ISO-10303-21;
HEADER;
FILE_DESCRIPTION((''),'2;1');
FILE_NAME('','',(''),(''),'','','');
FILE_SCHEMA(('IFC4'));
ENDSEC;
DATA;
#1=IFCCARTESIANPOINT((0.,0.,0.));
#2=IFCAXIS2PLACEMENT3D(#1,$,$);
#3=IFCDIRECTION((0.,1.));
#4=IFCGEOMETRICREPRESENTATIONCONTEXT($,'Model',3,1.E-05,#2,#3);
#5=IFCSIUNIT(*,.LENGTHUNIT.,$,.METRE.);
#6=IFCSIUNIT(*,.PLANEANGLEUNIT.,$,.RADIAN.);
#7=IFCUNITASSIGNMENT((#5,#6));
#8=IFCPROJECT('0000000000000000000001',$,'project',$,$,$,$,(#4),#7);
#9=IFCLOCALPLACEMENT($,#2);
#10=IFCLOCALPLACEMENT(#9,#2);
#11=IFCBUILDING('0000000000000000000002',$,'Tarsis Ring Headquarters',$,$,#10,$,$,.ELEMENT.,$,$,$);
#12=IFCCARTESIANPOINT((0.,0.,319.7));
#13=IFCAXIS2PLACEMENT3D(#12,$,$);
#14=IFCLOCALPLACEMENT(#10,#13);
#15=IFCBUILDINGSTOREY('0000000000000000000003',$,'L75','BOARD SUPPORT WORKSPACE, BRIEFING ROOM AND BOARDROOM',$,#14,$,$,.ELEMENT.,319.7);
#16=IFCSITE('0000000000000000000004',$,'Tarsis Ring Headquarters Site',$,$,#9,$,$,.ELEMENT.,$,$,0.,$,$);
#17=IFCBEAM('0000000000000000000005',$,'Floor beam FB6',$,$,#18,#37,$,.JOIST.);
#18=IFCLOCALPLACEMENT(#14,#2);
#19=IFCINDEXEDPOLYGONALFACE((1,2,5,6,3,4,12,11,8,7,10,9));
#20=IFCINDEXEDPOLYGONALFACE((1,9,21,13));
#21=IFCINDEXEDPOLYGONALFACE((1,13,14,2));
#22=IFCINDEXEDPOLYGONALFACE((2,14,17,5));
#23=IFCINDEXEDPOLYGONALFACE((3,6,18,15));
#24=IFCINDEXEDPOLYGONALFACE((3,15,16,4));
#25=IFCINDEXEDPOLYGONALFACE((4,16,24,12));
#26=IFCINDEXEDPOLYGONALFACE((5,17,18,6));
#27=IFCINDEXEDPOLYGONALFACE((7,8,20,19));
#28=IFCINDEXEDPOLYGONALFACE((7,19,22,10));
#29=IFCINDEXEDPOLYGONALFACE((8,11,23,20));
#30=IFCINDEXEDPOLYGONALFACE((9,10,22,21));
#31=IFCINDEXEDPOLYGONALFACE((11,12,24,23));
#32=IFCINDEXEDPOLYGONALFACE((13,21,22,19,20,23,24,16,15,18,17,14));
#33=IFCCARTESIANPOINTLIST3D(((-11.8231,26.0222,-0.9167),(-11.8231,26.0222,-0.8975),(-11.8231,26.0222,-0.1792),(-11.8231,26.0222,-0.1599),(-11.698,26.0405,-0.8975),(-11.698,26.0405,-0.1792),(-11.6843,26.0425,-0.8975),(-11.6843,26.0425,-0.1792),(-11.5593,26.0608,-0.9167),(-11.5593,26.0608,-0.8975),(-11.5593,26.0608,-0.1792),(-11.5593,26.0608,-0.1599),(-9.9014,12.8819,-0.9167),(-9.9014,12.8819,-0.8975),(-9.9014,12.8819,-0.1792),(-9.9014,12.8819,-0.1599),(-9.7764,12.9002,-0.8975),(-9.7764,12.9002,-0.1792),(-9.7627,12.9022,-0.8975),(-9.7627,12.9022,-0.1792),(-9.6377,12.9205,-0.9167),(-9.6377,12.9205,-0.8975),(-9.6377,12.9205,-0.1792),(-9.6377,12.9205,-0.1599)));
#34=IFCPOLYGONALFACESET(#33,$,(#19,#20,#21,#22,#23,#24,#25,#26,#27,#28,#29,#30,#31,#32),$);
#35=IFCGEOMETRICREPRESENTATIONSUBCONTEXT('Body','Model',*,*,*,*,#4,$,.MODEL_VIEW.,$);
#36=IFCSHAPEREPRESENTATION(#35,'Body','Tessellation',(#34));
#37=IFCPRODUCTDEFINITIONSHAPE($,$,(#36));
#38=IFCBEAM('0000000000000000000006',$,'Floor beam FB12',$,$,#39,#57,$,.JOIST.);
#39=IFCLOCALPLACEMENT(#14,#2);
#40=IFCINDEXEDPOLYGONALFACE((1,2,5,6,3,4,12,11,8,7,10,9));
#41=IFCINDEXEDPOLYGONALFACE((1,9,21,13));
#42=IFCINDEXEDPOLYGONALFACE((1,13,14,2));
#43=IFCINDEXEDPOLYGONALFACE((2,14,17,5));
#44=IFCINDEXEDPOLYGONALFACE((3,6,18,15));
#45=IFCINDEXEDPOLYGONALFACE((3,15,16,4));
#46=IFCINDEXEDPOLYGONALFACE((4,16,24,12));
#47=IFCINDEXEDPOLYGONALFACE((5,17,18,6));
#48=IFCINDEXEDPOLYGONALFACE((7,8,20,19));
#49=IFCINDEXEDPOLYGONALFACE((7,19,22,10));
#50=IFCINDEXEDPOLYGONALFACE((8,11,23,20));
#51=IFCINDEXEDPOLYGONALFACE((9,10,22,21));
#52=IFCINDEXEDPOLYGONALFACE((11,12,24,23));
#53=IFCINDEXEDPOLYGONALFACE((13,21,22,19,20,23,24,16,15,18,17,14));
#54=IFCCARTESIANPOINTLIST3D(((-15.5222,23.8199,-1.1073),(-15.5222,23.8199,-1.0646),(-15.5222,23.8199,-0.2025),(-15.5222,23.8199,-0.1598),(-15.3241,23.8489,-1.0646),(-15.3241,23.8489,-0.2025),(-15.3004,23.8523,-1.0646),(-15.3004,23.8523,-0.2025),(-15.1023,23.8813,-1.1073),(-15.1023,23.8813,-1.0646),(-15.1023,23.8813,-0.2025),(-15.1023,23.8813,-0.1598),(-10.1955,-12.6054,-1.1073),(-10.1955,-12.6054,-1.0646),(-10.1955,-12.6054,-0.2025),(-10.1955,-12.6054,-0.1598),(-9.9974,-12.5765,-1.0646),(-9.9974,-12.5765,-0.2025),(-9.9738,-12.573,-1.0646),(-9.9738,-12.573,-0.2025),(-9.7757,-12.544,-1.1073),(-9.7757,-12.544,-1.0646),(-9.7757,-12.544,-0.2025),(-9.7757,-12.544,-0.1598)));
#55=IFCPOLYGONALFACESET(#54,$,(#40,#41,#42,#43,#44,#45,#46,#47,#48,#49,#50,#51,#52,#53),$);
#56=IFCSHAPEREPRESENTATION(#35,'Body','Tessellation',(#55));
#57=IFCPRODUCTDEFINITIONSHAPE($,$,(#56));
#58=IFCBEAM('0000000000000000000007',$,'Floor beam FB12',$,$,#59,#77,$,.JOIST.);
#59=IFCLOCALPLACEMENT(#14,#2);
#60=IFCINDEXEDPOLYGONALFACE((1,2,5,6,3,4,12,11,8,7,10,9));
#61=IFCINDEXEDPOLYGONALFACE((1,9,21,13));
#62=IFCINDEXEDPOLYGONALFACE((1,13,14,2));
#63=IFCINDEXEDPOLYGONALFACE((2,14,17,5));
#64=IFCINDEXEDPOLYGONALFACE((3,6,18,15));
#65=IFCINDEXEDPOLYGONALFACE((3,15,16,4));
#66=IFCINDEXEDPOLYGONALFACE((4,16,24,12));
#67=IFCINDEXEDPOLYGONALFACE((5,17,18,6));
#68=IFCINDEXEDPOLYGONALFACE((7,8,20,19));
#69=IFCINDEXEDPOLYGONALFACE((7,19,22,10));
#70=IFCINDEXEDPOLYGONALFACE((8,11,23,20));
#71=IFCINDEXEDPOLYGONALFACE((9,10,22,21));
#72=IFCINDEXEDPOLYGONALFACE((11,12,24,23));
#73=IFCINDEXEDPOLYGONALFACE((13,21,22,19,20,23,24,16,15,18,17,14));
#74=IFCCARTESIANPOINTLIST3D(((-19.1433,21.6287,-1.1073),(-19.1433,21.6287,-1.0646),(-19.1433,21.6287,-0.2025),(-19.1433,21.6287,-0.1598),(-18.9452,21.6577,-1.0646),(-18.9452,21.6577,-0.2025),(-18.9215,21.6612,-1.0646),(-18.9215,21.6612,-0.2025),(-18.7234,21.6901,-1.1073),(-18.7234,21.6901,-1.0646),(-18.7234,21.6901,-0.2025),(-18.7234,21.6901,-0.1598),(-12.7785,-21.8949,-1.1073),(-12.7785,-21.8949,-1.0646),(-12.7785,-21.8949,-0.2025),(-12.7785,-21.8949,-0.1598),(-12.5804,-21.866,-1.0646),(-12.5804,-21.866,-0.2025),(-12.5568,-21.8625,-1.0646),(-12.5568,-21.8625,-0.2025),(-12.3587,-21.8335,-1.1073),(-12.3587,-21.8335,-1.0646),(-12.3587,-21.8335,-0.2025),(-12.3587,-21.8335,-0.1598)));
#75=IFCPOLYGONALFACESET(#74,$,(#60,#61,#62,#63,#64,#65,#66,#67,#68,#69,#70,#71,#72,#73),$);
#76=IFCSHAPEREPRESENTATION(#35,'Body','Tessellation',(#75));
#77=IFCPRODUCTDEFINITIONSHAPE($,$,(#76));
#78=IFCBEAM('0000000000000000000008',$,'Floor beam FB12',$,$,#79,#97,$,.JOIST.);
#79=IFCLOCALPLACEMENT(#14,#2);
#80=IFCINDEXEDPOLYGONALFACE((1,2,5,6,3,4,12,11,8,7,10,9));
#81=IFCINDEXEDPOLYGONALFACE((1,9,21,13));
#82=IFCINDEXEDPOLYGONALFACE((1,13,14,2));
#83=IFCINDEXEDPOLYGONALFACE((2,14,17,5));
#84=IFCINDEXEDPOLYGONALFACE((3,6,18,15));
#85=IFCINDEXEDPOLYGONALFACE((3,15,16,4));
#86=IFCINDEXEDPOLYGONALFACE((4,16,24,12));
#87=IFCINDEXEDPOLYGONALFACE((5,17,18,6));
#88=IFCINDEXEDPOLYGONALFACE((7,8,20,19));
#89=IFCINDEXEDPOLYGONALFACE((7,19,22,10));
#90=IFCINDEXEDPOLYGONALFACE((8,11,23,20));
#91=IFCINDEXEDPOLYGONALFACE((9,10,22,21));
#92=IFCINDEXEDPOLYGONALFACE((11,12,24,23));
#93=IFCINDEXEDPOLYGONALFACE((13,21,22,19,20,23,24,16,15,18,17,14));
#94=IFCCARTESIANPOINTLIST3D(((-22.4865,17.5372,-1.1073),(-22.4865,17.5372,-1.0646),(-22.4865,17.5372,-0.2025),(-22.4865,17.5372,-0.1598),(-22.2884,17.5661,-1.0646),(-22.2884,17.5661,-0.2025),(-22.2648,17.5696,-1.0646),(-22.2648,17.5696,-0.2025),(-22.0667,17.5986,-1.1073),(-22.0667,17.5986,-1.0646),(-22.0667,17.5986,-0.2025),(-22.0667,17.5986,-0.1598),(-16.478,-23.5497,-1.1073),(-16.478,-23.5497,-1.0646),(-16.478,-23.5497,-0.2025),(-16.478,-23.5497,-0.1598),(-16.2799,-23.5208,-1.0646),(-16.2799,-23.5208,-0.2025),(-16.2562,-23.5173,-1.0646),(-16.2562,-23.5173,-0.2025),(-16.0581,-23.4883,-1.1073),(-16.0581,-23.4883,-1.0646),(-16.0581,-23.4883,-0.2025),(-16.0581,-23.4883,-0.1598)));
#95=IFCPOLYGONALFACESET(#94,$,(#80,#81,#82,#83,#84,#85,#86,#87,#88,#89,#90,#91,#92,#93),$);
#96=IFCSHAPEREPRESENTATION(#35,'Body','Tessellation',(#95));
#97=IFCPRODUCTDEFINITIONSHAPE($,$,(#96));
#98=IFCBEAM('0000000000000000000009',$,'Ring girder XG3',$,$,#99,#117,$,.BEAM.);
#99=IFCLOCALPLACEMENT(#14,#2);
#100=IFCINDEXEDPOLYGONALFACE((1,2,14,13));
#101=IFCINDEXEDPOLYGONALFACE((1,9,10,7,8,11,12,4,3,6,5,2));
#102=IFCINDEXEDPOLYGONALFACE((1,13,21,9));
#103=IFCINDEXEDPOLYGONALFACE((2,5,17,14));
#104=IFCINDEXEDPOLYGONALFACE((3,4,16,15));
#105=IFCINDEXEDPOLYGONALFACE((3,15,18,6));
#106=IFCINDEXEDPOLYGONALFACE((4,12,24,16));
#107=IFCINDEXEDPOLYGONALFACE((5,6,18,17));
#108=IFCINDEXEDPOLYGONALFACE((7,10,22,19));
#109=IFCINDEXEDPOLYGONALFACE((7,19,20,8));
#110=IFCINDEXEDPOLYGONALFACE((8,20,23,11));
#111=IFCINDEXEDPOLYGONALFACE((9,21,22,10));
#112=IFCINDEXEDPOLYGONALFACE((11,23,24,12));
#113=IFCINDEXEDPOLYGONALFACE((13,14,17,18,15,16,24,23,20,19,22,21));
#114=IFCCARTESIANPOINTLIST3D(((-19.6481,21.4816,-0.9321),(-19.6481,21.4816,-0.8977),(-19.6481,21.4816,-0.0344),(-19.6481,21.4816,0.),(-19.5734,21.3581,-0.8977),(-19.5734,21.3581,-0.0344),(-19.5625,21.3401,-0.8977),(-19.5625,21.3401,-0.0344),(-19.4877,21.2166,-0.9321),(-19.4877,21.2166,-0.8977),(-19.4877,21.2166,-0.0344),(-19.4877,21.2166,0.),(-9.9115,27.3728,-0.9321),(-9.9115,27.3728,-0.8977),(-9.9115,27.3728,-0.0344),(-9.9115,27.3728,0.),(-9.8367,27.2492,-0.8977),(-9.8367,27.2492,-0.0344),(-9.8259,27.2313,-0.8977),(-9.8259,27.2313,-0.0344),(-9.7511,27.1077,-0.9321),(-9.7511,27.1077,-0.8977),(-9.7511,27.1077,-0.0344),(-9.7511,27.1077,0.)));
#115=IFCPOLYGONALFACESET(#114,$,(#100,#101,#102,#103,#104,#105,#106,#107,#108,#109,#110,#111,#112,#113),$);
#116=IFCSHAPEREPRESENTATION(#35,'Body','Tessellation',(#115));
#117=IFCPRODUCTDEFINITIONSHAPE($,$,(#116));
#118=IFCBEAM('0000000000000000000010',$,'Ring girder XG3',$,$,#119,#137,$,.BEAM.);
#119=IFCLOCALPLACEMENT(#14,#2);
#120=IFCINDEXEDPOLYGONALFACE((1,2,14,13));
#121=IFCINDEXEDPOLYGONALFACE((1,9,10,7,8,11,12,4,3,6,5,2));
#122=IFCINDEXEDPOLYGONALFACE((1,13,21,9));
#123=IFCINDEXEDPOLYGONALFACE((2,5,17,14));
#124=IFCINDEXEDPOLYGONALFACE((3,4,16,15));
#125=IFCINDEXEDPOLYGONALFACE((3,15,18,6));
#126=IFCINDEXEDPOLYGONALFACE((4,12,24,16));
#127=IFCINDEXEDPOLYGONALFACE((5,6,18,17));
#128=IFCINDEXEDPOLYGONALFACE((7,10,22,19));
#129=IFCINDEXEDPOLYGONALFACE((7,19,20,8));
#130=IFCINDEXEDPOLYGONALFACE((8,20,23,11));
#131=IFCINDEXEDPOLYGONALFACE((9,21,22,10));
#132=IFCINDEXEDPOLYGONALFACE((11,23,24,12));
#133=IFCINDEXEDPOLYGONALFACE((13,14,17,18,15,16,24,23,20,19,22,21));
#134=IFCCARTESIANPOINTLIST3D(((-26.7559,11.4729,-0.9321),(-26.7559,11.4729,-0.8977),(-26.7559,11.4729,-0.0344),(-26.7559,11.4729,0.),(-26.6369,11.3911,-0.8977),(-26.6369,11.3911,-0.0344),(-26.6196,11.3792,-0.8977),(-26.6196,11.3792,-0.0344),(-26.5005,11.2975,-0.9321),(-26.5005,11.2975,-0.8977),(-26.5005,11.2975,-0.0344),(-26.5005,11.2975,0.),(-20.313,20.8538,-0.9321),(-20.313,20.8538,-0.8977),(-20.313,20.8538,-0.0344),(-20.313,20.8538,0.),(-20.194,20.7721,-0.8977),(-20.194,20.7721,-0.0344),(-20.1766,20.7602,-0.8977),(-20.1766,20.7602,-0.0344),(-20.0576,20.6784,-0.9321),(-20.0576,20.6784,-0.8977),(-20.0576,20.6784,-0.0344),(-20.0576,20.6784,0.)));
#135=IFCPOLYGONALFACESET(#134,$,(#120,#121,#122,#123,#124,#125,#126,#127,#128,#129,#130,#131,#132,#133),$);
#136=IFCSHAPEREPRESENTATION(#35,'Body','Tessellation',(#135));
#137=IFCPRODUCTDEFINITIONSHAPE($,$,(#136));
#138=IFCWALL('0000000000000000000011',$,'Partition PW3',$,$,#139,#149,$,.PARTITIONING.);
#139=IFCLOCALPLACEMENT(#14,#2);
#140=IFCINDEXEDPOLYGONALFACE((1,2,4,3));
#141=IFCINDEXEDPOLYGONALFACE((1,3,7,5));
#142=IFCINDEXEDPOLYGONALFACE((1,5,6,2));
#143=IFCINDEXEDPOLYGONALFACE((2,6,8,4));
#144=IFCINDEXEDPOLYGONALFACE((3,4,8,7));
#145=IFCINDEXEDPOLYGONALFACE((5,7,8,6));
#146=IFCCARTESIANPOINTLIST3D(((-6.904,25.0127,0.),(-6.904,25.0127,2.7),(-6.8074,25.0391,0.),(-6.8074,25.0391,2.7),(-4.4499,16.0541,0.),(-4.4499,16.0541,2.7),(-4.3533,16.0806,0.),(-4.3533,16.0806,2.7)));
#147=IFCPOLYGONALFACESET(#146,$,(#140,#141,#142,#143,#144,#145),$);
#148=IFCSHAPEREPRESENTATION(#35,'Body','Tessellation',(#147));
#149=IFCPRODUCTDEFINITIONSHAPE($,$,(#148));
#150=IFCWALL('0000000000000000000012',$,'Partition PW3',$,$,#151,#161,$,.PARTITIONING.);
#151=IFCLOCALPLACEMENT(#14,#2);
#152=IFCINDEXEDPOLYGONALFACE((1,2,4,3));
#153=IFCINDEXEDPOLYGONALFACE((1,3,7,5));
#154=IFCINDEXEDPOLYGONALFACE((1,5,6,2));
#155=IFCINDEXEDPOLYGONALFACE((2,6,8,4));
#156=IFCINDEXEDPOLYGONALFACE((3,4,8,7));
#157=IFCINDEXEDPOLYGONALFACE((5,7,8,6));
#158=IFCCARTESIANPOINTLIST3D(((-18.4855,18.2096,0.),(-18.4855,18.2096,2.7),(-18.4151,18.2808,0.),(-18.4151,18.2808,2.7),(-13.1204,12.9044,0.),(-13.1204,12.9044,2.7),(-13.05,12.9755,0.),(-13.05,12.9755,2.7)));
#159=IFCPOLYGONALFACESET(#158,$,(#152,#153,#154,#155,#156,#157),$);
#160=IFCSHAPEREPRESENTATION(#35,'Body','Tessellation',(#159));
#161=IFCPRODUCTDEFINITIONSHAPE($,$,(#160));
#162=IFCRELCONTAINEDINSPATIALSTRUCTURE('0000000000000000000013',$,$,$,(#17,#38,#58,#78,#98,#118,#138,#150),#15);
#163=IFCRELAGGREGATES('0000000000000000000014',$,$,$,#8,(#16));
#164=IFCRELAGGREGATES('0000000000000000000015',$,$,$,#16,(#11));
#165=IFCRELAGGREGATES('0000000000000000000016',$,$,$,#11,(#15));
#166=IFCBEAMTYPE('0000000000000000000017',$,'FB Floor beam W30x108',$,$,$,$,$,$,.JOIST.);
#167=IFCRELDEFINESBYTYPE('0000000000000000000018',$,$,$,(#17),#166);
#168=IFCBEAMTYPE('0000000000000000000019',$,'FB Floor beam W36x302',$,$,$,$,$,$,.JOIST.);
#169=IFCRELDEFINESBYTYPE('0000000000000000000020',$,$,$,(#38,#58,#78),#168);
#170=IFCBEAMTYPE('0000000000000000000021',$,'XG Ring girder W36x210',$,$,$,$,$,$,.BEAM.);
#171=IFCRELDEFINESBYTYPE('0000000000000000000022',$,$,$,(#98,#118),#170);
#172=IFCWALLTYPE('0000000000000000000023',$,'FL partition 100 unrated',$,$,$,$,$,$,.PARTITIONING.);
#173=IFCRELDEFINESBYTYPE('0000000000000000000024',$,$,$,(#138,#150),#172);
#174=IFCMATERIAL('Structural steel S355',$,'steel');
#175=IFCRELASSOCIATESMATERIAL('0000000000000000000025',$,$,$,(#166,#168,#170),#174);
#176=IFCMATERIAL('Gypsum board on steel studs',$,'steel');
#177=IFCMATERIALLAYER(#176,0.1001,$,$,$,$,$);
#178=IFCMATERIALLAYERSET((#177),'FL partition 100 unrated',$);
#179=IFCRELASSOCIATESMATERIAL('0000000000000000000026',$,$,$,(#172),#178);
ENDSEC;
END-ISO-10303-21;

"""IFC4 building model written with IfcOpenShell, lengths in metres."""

from ifc_helpers import new_model, si_unit, direction, frame, frame_2d, origin, origin_2d, place, context, subcontext, project, spatial, rectangle, i_section, extrude, material, layer, layer_set, material_profile, profile_set, type_object, element, save


model = new_model("IFC4")

# Units and contexts
model_context = context("Model", 3, precision=1e-05, world=origin(), true_north=direction((0.0, 1.0)))
body_context = subcontext(model_context, "Body", "Model", "MODEL_VIEW")
ifc_project = project(units=[si_unit("LENGTHUNIT", "METRE"), si_unit("PLANEANGLEUNIT", "RADIAN")], contexts=[model_context])

# Site, building, storey
site_placement = place(None, origin())
site = spatial("IfcSite", under=ifc_project, at=site_placement, Name="Tarsis Ring Headquarters Site", CompositionType="ELEMENT", RefElevation=0.0)
building_placement = place(site_placement, origin())
building = spatial("IfcBuilding", under=site, at=building_placement, Name="Tarsis Ring Headquarters", CompositionType="ELEMENT")
storey_placement = place(building_placement, frame((0.0, 0.0, 319.7)))
storey = spatial("IfcBuildingStorey", under=building, at=storey_placement, Name="L75", Description="BOARD SUPPORT WORKSPACE, BRIEFING ROOM AND BOARDROOM", CompositionType="ELEMENT", Elevation=319.7)

# Shared definitions
ifc_material_1 = material(Name="Structural steel S355", Category="steel")

# Beams
ifc_material_profile_1 = material_profile(ifc_material_1, i_section(OverallWidth=0.2666, OverallDepth=0.7568, WebThickness=0.0139, FlangeThickness=0.0193, at=origin_2d()), Name="W30x108")
ifc_profile_set_1 = profile_set([ifc_material_profile_1], Name="Structural steel S355")
beam_type_1 = type_object("IfcBeamType", Name="FB Floor beam W30x108", PredefinedType="JOIST", material=ifc_profile_set_1)
beam_1_placement = place(storey_placement, frame((-11.6912, 26.0415, -0.5383), z_axis=(0.1447, -0.989476, 0.0), x_axis=(0.989476, 0.1447, 0.0)))
element("IfcBeam", 1, at=beam_1_placement, inside=storey, type_object=beam_type_1, Name="Floor beam FB6", PredefinedType="JOIST", context=body_context, shape_type="SweptSolid", body=[
    extrude(i_section(OverallWidth=0.2666, OverallDepth=0.7568, WebThickness=0.0139, FlangeThickness=0.0193, at=origin_2d()), origin(), (0.0, 0.0, 1.0), 13.28),
])
ifc_material_profile_2 = material_profile(ifc_material_1, i_section(OverallWidth=0.4243, OverallDepth=0.9475, WebThickness=0.0239, FlangeThickness=0.0427, at=origin_2d()), Name="W36x302")
ifc_profile_set_2 = profile_set([ifc_material_profile_2], Name="Structural steel S355")
beam_type_2 = type_object("IfcBeamType", Name="FB Floor beam W36x302", PredefinedType="JOIST", material=ifc_profile_set_2)
beam_2_placement = place(storey_placement, frame((-15.3123, 23.8506, -0.6335), z_axis=(0.144696, -0.989476, 0.0), x_axis=(0.989476, 0.144696, 0.0)))
element("IfcBeam", 2, at=beam_2_placement, inside=storey, type_object=beam_type_2, Name="Floor beam FB12", PredefinedType="JOIST", context=body_context, shape_type="SweptSolid", body=[
    extrude(i_section(OverallWidth=0.4243, OverallDepth=0.9475, WebThickness=0.0239, FlangeThickness=0.0427, at=origin_2d()), origin(), (0.0, 0.0, 1.0), 36.8127),
])
beam_3_placement = place(storey_placement, frame((-18.9333, 21.6594, -0.6335), z_axis=(0.144697, -0.989476, 0.0), x_axis=(0.989476, 0.144697, 0.0)))
element("IfcBeam", 3, at=beam_3_placement, inside=storey, type_object=beam_type_2, Name="Floor beam FB12", PredefinedType="JOIST", context=body_context, shape_type="SweptSolid", body=[
    extrude(i_section(OverallWidth=0.4243, OverallDepth=0.9475, WebThickness=0.0239, FlangeThickness=0.0427, at=origin_2d()), origin(), (0.0, 0.0, 1.0), 43.9866),
])
beam_4_placement = place(storey_placement, frame((-22.2766, 17.5679, -0.6335), z_axis=(0.144701, -0.989475, 0.0), x_axis=(0.989475, 0.144701, 0.0)))
element("IfcBeam", 4, at=beam_4_placement, inside=storey, type_object=beam_type_2, Name="Floor beam FB12", PredefinedType="JOIST", context=body_context, shape_type="SweptSolid", body=[
    extrude(i_section(OverallWidth=0.4243, OverallDepth=0.9475, WebThickness=0.0239, FlangeThickness=0.0427, at=origin_2d()), origin(), (0.0, 0.0, 1.0), 41.5239),
])
ifc_material_profile_3 = material_profile(ifc_material_1, i_section(OverallWidth=0.3098, OverallDepth=0.9321, WebThickness=0.021, FlangeThickness=0.0344, at=origin_2d()), Name="W36x210")
ifc_profile_set_3 = profile_set([ifc_material_profile_3], Name="Structural steel S355")
beam_type_3 = type_object("IfcBeamType", Name="XG Ring girder W36x210", PredefinedType="BEAM", material=ifc_profile_set_3)
beam_5_placement = place(storey_placement, frame((-9.8313, 27.2402, -0.4661), z_axis=(-0.855581, -0.517669, 0.0), x_axis=(0.517669, -0.855581, 0.0)))
element("IfcBeam", 5, at=beam_5_placement, inside=storey, type_object=beam_type_3, Name="Ring girder XG3", PredefinedType="BEAM", context=body_context, shape_type="SweptSolid", body=[
    extrude(i_section(OverallWidth=0.3098, OverallDepth=0.9321, WebThickness=0.021, FlangeThickness=0.0344, at=origin_2d()), origin(), (0.0, 0.0, 1.0), 11.3801),
])
beam_6_placement = place(storey_placement, frame((-20.1853, 20.7661, -0.4661), z_axis=(-0.566143, -0.824307, 0.0), x_axis=(0.824307, -0.566143, 0.0)))
element("IfcBeam", 6, at=beam_6_placement, inside=storey, type_object=beam_type_3, Name="Ring girder XG3", PredefinedType="BEAM", context=body_context, shape_type="SweptSolid", body=[
    extrude(i_section(OverallWidth=0.3098, OverallDepth=0.9321, WebThickness=0.021, FlangeThickness=0.0344, at=origin_2d()), origin(), (0.0, 0.0, 1.0), 11.3804),
])

# Walls
ifc_material_2 = material(Name="Gypsum board on steel studs", Category="steel")
ifc_layer_1 = layer(ifc_material_2, 0.1001)
ifc_layer_set_1 = layer_set([ifc_layer_1], Name="FL partition 100 unrated")
wall_type_1 = type_object("IfcWallType", Name="FL partition 100 unrated", PredefinedType="PARTITIONING", material=ifc_layer_set_1)
wall_1_placement = place(storey_placement, frame((-6.8557, 25.0259, 0.0), z_axis=(0.0, 0.0, 1.0), x_axis=(0.264207, -0.964466, 0.0)))
element("IfcWall", 7, at=wall_1_placement, inside=storey, type_object=wall_type_1, Name="Partition PW3", PredefinedType="PARTITIONING", context=body_context, shape_type="SweptSolid", body=[
    extrude(rectangle(XDim=9.2886, YDim=0.1001, at=frame_2d((4.6443, 0.0))), origin(), (0.0, 0.0, 1.0), 2.7),
])
wall_2_placement = place(storey_placement, frame((-18.4502, 18.2451, 0.0), z_axis=(0.0, 0.0, 1.0), x_axis=(0.711059, -0.703132, 0.0)))
element("IfcWall", 8, at=wall_2_placement, inside=storey, type_object=wall_type_1, Name="Partition PW3", PredefinedType="PARTITIONING", context=body_context, shape_type="SweptSolid", body=[
    extrude(rectangle(XDim=7.5452, YDim=0.1001, at=frame_2d((3.7725, 0.0))), origin(), (0.0, 0.0, 1.0), 2.7),
])

save(model, "model.ifc")
